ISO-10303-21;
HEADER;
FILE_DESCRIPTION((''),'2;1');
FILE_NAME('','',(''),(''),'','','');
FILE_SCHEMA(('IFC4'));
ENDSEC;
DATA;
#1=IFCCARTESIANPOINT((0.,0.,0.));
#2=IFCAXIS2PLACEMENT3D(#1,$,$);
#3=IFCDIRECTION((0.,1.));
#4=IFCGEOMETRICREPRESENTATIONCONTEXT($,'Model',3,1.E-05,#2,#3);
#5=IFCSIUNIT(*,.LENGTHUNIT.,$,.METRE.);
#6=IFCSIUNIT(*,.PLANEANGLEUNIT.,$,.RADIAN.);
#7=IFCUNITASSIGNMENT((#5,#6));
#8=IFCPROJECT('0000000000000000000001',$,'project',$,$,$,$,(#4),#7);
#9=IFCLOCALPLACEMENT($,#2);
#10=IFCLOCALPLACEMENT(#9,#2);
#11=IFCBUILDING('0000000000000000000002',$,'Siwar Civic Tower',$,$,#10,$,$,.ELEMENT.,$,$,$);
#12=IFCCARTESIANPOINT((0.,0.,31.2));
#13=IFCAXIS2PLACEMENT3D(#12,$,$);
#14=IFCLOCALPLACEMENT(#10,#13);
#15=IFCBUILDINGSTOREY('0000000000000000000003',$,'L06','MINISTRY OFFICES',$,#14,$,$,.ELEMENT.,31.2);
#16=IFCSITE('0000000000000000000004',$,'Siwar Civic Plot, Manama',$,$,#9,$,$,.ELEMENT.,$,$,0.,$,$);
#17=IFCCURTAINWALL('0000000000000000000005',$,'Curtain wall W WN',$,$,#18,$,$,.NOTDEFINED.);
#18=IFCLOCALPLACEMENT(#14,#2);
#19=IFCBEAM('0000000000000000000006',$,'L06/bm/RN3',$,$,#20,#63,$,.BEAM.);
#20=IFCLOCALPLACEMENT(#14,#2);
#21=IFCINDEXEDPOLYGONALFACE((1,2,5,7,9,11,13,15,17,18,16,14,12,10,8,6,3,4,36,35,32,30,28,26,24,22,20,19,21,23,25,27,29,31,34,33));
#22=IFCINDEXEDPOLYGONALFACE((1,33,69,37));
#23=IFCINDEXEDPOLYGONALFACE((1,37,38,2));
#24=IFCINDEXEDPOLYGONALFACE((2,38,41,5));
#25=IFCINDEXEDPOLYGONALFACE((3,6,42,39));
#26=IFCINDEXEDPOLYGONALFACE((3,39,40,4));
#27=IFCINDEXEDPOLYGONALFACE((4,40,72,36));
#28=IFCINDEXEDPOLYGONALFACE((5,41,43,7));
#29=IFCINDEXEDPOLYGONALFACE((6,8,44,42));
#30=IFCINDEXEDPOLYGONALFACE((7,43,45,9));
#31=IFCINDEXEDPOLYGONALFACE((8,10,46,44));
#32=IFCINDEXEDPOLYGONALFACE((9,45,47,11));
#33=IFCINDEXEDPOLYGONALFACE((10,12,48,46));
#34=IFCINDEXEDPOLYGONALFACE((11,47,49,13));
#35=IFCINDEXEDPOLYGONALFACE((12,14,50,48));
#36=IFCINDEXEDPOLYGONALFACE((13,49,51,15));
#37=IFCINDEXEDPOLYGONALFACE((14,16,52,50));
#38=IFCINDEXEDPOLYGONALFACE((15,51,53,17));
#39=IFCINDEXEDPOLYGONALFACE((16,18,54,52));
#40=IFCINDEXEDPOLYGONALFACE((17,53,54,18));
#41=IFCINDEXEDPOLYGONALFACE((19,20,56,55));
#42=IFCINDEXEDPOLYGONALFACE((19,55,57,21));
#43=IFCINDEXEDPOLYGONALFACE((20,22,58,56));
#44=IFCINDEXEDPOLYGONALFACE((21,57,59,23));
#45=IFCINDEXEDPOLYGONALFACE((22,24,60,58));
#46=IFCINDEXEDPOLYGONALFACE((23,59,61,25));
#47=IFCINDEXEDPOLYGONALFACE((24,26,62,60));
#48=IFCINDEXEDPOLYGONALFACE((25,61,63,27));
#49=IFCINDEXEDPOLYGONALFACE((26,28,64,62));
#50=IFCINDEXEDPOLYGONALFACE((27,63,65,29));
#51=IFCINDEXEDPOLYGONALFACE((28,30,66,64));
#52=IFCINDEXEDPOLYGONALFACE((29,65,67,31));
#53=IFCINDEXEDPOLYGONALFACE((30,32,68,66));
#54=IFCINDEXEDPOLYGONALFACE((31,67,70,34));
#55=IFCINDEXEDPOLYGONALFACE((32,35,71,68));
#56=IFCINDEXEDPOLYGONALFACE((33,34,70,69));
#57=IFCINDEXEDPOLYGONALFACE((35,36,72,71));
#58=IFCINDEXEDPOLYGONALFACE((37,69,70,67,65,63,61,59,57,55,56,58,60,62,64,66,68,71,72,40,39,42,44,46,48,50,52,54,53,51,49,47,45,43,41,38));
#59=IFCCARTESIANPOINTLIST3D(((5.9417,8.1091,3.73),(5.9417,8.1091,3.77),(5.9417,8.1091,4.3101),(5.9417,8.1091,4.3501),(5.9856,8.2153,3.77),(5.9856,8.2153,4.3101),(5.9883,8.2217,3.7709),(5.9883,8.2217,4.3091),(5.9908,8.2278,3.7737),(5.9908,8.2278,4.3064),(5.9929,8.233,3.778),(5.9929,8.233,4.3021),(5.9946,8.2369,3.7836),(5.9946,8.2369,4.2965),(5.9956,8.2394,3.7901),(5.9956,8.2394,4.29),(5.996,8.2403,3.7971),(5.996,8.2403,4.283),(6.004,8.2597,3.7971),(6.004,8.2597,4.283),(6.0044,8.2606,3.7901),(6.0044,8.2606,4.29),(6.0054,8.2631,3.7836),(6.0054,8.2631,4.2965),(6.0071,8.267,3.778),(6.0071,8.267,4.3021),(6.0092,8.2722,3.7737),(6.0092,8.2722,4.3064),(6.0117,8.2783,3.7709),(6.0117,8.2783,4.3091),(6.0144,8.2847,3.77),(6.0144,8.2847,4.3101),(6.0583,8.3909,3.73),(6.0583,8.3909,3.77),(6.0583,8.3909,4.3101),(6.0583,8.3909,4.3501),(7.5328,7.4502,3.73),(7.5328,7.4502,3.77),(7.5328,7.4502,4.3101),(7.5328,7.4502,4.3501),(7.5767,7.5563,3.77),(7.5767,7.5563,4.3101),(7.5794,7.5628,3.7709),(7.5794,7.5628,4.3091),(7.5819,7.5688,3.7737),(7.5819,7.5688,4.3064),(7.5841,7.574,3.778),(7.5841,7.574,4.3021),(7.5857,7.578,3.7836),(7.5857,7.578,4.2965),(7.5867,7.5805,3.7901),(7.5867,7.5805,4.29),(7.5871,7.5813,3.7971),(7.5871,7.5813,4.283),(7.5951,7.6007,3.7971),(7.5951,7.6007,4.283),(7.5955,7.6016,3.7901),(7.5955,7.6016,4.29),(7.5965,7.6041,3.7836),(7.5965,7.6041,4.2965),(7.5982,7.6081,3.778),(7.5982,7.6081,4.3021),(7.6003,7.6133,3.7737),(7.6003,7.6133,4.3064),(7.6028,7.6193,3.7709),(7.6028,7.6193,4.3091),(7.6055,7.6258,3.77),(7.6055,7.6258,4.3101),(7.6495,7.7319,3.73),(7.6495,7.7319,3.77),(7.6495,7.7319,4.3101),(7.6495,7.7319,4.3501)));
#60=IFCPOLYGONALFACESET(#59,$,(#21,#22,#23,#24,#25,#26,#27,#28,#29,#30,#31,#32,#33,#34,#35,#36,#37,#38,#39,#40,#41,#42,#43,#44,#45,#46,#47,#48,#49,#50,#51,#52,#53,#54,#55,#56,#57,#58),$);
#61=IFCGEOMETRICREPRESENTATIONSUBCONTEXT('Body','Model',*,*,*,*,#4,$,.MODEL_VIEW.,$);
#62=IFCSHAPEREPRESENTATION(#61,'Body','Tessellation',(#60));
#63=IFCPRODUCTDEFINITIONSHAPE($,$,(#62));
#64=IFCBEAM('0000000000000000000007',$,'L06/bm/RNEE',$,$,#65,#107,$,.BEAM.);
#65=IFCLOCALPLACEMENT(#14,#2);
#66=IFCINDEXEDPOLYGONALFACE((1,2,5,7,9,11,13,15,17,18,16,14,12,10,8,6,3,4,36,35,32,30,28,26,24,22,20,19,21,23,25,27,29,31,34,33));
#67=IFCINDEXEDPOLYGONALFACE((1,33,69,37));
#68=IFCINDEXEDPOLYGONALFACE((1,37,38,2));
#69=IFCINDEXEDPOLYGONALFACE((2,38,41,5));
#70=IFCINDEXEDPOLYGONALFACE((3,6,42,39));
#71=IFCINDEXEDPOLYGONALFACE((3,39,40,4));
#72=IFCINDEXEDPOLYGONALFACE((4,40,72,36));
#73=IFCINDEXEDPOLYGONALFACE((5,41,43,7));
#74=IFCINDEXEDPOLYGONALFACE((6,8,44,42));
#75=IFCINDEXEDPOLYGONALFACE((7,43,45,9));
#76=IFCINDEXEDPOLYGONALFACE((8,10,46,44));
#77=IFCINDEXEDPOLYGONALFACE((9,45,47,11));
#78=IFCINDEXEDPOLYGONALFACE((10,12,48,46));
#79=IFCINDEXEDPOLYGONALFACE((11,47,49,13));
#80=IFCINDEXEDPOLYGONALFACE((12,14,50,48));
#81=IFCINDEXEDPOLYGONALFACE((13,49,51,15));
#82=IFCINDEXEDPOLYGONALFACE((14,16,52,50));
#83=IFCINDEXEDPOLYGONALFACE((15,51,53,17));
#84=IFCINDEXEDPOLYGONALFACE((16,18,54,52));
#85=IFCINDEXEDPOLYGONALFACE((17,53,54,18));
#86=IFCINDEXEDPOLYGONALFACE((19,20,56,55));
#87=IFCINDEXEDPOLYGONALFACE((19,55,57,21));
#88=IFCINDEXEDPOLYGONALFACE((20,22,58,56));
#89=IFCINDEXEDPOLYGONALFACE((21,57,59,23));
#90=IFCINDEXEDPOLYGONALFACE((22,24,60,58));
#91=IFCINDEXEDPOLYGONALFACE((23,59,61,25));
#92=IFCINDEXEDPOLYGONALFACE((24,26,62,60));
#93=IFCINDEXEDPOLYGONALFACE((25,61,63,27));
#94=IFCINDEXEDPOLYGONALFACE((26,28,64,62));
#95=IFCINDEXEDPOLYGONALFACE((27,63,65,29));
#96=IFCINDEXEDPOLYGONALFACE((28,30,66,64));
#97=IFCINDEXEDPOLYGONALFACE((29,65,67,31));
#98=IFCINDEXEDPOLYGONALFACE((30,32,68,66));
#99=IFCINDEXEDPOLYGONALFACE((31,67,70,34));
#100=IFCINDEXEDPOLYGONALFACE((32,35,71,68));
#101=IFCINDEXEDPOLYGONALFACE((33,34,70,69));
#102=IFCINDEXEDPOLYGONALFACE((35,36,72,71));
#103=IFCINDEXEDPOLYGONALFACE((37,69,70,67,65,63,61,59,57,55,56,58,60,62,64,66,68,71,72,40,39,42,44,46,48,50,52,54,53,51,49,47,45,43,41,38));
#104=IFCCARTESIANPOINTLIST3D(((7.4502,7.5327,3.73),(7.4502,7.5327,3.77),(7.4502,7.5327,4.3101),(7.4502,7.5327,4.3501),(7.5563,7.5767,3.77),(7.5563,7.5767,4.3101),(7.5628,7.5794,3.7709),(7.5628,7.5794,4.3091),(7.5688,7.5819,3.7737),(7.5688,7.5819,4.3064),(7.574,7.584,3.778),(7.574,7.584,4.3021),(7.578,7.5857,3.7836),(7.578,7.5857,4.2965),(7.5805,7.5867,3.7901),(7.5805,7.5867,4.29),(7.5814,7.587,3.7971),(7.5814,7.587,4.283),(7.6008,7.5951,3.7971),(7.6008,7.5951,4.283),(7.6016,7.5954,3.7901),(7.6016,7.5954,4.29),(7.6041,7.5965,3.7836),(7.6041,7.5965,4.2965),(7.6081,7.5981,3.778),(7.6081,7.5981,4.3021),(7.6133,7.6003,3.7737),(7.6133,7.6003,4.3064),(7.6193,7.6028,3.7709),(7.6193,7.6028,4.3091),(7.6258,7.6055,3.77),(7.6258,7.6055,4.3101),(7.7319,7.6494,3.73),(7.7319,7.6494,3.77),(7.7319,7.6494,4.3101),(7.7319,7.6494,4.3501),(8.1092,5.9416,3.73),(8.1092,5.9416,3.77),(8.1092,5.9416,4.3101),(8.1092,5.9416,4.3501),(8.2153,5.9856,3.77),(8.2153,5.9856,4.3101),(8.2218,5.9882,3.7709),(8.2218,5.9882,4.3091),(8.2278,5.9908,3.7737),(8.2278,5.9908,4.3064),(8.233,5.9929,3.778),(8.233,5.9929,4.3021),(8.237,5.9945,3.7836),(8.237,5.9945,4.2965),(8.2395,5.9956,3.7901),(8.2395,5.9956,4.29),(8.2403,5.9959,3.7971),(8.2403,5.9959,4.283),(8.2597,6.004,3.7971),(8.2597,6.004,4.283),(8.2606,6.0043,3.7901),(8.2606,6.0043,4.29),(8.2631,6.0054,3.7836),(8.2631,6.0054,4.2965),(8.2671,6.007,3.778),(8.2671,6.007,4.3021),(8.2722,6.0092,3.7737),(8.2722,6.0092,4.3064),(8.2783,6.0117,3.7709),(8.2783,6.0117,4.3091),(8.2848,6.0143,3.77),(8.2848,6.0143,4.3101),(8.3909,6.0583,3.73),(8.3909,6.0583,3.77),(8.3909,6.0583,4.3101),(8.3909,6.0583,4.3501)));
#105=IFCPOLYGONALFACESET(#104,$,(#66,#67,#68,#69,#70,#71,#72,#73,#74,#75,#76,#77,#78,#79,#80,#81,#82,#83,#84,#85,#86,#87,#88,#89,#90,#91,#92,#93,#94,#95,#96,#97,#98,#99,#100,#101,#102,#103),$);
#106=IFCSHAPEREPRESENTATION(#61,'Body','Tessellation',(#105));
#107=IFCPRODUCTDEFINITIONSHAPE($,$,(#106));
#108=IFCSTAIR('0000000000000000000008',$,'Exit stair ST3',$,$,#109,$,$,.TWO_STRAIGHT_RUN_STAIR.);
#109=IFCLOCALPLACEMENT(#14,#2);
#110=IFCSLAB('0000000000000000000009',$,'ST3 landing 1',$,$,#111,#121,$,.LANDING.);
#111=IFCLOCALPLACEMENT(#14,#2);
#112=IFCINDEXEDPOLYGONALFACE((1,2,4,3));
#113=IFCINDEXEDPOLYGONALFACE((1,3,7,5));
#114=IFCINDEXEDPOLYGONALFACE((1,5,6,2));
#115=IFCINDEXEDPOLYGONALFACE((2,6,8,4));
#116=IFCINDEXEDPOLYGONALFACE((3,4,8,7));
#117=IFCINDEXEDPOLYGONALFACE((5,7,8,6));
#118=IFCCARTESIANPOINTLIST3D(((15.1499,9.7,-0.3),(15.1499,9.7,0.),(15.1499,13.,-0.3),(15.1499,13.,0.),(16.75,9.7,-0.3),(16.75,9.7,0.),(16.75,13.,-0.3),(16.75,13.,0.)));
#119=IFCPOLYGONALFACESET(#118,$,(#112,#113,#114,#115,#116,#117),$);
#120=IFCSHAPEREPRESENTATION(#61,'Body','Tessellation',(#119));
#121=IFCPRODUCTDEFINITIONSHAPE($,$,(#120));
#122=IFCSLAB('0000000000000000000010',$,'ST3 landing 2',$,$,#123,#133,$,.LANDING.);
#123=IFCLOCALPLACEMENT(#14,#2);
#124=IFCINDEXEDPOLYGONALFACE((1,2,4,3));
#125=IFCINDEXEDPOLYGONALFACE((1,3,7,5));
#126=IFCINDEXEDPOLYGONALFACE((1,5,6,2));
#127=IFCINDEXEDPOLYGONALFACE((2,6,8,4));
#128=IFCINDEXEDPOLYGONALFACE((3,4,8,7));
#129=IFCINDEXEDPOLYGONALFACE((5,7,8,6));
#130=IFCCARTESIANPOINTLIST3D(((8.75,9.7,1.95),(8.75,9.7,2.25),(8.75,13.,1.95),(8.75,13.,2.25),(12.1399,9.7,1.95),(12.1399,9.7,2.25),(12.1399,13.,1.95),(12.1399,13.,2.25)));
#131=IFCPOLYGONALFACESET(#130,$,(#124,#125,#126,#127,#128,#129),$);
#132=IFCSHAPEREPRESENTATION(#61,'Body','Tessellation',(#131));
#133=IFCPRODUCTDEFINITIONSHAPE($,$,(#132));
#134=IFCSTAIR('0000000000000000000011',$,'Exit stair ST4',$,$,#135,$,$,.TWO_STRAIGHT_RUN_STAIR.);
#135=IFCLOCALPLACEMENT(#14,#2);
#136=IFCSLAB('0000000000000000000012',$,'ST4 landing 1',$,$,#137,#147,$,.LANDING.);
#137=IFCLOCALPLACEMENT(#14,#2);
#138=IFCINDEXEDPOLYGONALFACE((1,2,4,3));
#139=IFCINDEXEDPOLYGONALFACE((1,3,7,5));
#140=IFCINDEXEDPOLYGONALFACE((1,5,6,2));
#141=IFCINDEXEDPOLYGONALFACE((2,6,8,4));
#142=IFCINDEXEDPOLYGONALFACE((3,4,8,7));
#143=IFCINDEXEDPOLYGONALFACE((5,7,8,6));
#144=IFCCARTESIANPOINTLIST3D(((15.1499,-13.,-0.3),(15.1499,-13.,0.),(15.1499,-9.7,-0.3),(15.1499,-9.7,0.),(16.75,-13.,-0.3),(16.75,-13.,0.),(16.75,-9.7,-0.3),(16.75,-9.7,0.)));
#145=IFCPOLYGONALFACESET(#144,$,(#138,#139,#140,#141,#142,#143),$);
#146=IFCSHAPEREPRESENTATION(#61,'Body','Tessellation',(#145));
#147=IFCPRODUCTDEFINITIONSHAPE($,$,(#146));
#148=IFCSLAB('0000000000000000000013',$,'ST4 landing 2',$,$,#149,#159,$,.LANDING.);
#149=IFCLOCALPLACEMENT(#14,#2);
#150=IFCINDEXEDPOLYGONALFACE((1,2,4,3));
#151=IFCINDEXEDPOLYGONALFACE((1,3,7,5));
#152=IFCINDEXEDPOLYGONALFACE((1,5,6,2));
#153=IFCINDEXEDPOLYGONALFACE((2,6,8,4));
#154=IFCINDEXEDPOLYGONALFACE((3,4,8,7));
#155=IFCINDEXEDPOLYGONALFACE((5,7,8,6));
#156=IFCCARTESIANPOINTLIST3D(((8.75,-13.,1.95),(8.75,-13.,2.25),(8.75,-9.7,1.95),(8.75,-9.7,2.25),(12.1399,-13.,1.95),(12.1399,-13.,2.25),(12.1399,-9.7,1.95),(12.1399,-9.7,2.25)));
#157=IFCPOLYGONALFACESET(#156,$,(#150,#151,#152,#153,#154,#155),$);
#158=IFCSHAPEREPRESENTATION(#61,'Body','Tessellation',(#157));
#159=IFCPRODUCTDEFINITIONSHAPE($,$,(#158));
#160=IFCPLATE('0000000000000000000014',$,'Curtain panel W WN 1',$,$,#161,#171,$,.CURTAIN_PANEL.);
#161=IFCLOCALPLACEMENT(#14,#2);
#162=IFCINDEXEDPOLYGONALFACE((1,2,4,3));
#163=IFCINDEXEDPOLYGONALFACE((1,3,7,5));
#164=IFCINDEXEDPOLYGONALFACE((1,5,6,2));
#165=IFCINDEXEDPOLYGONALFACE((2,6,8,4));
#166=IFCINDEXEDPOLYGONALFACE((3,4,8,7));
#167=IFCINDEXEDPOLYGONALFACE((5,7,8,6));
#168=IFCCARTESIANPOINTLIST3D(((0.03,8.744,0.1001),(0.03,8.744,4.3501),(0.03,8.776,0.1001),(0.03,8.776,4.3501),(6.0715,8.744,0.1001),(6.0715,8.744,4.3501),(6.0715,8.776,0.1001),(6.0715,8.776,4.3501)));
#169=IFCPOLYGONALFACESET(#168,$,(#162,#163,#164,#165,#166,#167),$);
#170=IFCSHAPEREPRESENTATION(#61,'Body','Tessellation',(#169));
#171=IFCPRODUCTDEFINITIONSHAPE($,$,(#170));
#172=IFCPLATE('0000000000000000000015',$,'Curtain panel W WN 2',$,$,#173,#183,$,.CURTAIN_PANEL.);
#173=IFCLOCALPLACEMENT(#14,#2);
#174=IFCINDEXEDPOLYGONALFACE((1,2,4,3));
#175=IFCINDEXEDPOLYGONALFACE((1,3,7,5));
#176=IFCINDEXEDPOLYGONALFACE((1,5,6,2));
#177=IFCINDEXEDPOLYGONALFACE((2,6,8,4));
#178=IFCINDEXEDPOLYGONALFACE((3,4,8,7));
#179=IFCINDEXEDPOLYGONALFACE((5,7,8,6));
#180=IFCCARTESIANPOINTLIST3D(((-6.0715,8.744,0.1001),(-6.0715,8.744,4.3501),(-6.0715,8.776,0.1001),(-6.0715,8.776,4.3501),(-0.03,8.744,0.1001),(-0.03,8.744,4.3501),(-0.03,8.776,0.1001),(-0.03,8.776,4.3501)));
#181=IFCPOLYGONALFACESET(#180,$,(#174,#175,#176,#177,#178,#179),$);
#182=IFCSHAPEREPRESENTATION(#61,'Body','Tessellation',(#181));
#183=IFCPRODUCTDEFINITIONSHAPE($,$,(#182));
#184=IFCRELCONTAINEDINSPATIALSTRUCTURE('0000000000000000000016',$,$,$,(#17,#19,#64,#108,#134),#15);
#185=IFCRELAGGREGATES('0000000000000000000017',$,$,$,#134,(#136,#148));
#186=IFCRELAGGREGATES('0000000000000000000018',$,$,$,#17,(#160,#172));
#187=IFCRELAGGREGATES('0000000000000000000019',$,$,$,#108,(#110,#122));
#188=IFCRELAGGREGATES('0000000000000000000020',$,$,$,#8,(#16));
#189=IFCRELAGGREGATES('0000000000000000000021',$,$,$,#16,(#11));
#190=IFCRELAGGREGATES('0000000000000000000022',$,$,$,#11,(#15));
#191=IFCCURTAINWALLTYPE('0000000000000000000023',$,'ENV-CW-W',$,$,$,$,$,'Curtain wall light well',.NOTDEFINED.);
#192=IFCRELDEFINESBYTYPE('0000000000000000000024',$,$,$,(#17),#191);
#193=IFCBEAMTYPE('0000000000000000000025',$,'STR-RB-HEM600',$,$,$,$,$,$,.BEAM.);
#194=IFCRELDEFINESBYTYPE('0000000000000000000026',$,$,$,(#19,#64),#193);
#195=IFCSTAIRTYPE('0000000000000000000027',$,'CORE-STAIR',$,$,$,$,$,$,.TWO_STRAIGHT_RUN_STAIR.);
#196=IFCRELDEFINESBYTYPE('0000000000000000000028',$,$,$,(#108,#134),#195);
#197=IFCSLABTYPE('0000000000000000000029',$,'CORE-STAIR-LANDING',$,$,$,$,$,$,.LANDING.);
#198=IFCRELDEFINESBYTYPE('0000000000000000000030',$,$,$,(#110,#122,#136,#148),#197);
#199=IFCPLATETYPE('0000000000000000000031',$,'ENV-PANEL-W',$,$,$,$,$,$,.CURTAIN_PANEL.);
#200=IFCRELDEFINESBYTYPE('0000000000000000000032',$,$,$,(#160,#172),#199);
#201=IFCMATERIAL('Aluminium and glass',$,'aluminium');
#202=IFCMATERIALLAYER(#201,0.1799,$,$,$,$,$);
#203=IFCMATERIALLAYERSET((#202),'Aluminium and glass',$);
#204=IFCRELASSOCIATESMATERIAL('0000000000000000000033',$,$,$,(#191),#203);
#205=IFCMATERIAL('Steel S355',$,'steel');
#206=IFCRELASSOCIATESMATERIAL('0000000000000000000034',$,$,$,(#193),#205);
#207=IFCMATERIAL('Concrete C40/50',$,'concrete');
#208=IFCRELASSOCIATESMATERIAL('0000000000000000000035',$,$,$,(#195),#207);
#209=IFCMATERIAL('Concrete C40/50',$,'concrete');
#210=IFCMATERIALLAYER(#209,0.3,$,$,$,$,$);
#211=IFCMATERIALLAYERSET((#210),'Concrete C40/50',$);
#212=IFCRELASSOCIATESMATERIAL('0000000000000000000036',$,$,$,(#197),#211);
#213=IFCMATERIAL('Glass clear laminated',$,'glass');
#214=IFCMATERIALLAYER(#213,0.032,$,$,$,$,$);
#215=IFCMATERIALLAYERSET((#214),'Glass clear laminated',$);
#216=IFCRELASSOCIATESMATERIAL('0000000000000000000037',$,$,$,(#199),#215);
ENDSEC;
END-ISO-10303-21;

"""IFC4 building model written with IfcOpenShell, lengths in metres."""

from ifc_helpers import new_model, si_unit, direction, frame, origin, origin_2d, place, context, subcontext, project, spatial, polyline, rectangle, i_section, outline, extrude, material, layer, layer_set, material_profile, profile_set, type_object, element, aggregate, save


model = new_model("IFC4")

# Units and contexts
model_context = context("Model", 3, precision=1e-05, world=origin(), true_north=direction((0.0, 1.0)))
body_context = subcontext(model_context, "Body", "Model", "MODEL_VIEW")
ifc_project = project(units=[si_unit("LENGTHUNIT", "METRE"), si_unit("PLANEANGLEUNIT", "RADIAN")], contexts=[model_context])

# Site, building, storey
site_placement = place(None, origin())
site = spatial("IfcSite", under=ifc_project, at=site_placement, Name="Siwar Civic Plot, Manama", CompositionType="ELEMENT", RefElevation=0.0)
building_placement = place(site_placement, origin())
building = spatial("IfcBuilding", under=site, at=building_placement, Name="Siwar Civic Tower", CompositionType="ELEMENT")
storey_placement = place(building_placement, frame((0.0, 0.0, 31.2)))
storey = spatial("IfcBuildingStorey", under=building, at=storey_placement, Name="L06", Description="MINISTRY OFFICES", CompositionType="ELEMENT", Elevation=31.2)

# Curtain wall
ifc_material_1 = material(Name="Aluminium and glass", Category="aluminium")
ifc_layer_1 = layer(ifc_material_1, 0.1799)
ifc_layer_set_1 = layer_set([ifc_layer_1], Name="Aluminium and glass")
curtain_wall_type = type_object("IfcCurtainWallType", Name="ENV-CW-W", ElementType="Curtain wall light well", PredefinedType="NOTDEFINED", material=ifc_layer_set_1)
curtain_wall_placement = place(storey_placement, origin())
curtain_wall = element("IfcCurtainWall", 1, at=curtain_wall_placement, inside=storey, type_object=curtain_wall_type, Name="Curtain wall W WN", PredefinedType="NOTDEFINED")

# Beams
ifc_material_2 = material(Name="Steel S355", Category="steel")
ifc_material_profile_1 = material_profile(ifc_material_2, i_section(OverallWidth=0.3049, OverallDepth=0.6201, WebThickness=0.021, FlangeThickness=0.04, FilletRadius=0.0271, at=origin_2d()), Name="HEM600")
ifc_profile_set_1 = profile_set([ifc_material_profile_1], Name="Steel S355")
beam_type_1 = type_object("IfcBeamType", Name="STR-RB-HEM600", PredefinedType="BEAM", material=ifc_profile_set_1)
for number, where, z_axis, x_axis, name in (
    (2, (6.0, 8.25, 4.04), (0.923901, -0.382631, 0.0), (0.382631, 0.923901, 0.0), "L06/bm/RN3"),
    (3, (7.5911, 7.5911, 4.04), (0.382631, -0.923901, 0.0), (0.923901, 0.382631, 0.0), "L06/bm/RNEE"),
):
    element("IfcBeam", number, at=place(storey_placement, frame(where, z_axis=z_axis, x_axis=x_axis)), inside=storey, type_object=beam_type_1, Name=name, PredefinedType="BEAM", context=body_context, shape_type="SweptSolid", body=[
        extrude(i_section(OverallWidth=0.3049, OverallDepth=0.6201, WebThickness=0.021, FlangeThickness=0.04, FilletRadius=0.0271, at=origin_2d()), origin(), (0.0, 0.0, 1.0), 1.7222),
    ])

# Stairs, slabs
ifc_material_3 = material(Name="Concrete C40/50", Category="concrete")
stair_type = type_object("IfcStairType", Name="CORE-STAIR", PredefinedType="TWO_STRAIGHT_RUN_STAIR", material=ifc_material_3)
stair_1_placement = place(storey_placement, origin())
stair_1 = element("IfcStair", 4, at=stair_1_placement, inside=storey, type_object=stair_type, Name="Exit stair ST3", PredefinedType="TWO_STRAIGHT_RUN_STAIR")
ifc_material_4 = material(Name="Concrete C40/50", Category="concrete")
ifc_layer_2 = layer(ifc_material_4, 0.3)
ifc_layer_set_2 = layer_set([ifc_layer_2], Name="Concrete C40/50")
slab_type_1 = type_object("IfcSlabType", Name="CORE-STAIR-LANDING", PredefinedType="LANDING", material=ifc_layer_set_2)
slab_1_placement = place(storey_placement, frame((0.0, 0.0, -0.3)))
slab_1 = element("IfcSlab", 5, at=slab_1_placement, type_object=slab_type_1, Name="ST3 landing 1", PredefinedType="LANDING", context=body_context, shape_type="SweptSolid", body=[
    extrude(outline(polyline([(15.1499, 9.7), (16.75, 9.7), (16.75, 13.0), (15.1499, 13.0), (15.1499, 9.7)])), origin(), (0.0, 0.0, 1.0), 0.3),
])
slab_2_placement = place(storey_placement, frame((0.0, 0.0, 1.95)))
slab_2 = element("IfcSlab", 6, at=slab_2_placement, type_object=slab_type_1, Name="ST3 landing 2", PredefinedType="LANDING", context=body_context, shape_type="SweptSolid", body=[
    extrude(outline(polyline([(8.75, 9.7), (12.1399, 9.7), (12.1399, 13.0), (8.75, 13.0), (8.75, 9.7)])), origin(), (0.0, 0.0, 1.0), 0.3),
])
stair_2_placement = place(storey_placement, origin())
stair_2 = element("IfcStair", 7, at=stair_2_placement, inside=storey, type_object=stair_type, Name="Exit stair ST4", PredefinedType="TWO_STRAIGHT_RUN_STAIR")
slab_3_placement = place(storey_placement, frame((0.0, 0.0, -0.3)))
slab_3 = element("IfcSlab", 8, at=slab_3_placement, type_object=slab_type_1, Name="ST4 landing 1", PredefinedType="LANDING", context=body_context, shape_type="SweptSolid", body=[
    extrude(outline(polyline([(15.1499, -13.0), (16.75, -13.0), (16.75, -9.7), (15.1499, -9.7), (15.1499, -13.0)])), origin(), (0.0, 0.0, 1.0), 0.3),
])
slab_4_placement = place(storey_placement, frame((0.0, 0.0, 1.95)))
slab_4 = element("IfcSlab", 9, at=slab_4_placement, type_object=slab_type_1, Name="ST4 landing 2", PredefinedType="LANDING", context=body_context, shape_type="SweptSolid", body=[
    extrude(outline(polyline([(8.75, -13.0), (12.1399, -13.0), (12.1399, -9.7), (8.75, -9.7), (8.75, -13.0)])), origin(), (0.0, 0.0, 1.0), 0.3),
])
aggregate(stair_2, [slab_3, slab_4])

# Plates
ifc_material_5 = material(Name="Glass clear laminated", Category="glass")
ifc_layer_3 = layer(ifc_material_5, 0.032)
ifc_layer_set_3 = layer_set([ifc_layer_3], Name="Glass clear laminated")
plate_type = type_object("IfcPlateType", Name="ENV-PANEL-W", PredefinedType="CURTAIN_PANEL", material=ifc_layer_set_3)
plate_1_placement = place(storey_placement, frame((3.0508, 8.76, 0.1001), z_axis=(0.0, 0.0, 1.0), x_axis=(-1.0, 0.0, 0.0)))
plate_1 = element("IfcPlate", 10, at=plate_1_placement, type_object=plate_type, Name="Curtain panel W WN 1", PredefinedType="CURTAIN_PANEL", context=body_context, shape_type="SweptSolid", body=[
    extrude(rectangle(XDim=6.0415, YDim=0.032, at=origin_2d()), origin(), (0.0, 0.0, 1.0), 4.25),
])
plate_2_placement = place(storey_placement, frame((-3.0508, 8.76, 0.1001), z_axis=(0.0, 0.0, 1.0), x_axis=(-1.0, 0.0, 0.0)))
plate_2 = element("IfcPlate", 11, at=plate_2_placement, type_object=plate_type, Name="Curtain panel W WN 2", PredefinedType="CURTAIN_PANEL", context=body_context, shape_type="SweptSolid", body=[
    extrude(rectangle(XDim=6.0415, YDim=0.032, at=origin_2d()), origin(), (0.0, 0.0, 1.0), 4.25),
])
aggregate(curtain_wall, [plate_1, plate_2])

aggregate(stair_1, [slab_1, slab_2])

save(model, "model.ifc")
